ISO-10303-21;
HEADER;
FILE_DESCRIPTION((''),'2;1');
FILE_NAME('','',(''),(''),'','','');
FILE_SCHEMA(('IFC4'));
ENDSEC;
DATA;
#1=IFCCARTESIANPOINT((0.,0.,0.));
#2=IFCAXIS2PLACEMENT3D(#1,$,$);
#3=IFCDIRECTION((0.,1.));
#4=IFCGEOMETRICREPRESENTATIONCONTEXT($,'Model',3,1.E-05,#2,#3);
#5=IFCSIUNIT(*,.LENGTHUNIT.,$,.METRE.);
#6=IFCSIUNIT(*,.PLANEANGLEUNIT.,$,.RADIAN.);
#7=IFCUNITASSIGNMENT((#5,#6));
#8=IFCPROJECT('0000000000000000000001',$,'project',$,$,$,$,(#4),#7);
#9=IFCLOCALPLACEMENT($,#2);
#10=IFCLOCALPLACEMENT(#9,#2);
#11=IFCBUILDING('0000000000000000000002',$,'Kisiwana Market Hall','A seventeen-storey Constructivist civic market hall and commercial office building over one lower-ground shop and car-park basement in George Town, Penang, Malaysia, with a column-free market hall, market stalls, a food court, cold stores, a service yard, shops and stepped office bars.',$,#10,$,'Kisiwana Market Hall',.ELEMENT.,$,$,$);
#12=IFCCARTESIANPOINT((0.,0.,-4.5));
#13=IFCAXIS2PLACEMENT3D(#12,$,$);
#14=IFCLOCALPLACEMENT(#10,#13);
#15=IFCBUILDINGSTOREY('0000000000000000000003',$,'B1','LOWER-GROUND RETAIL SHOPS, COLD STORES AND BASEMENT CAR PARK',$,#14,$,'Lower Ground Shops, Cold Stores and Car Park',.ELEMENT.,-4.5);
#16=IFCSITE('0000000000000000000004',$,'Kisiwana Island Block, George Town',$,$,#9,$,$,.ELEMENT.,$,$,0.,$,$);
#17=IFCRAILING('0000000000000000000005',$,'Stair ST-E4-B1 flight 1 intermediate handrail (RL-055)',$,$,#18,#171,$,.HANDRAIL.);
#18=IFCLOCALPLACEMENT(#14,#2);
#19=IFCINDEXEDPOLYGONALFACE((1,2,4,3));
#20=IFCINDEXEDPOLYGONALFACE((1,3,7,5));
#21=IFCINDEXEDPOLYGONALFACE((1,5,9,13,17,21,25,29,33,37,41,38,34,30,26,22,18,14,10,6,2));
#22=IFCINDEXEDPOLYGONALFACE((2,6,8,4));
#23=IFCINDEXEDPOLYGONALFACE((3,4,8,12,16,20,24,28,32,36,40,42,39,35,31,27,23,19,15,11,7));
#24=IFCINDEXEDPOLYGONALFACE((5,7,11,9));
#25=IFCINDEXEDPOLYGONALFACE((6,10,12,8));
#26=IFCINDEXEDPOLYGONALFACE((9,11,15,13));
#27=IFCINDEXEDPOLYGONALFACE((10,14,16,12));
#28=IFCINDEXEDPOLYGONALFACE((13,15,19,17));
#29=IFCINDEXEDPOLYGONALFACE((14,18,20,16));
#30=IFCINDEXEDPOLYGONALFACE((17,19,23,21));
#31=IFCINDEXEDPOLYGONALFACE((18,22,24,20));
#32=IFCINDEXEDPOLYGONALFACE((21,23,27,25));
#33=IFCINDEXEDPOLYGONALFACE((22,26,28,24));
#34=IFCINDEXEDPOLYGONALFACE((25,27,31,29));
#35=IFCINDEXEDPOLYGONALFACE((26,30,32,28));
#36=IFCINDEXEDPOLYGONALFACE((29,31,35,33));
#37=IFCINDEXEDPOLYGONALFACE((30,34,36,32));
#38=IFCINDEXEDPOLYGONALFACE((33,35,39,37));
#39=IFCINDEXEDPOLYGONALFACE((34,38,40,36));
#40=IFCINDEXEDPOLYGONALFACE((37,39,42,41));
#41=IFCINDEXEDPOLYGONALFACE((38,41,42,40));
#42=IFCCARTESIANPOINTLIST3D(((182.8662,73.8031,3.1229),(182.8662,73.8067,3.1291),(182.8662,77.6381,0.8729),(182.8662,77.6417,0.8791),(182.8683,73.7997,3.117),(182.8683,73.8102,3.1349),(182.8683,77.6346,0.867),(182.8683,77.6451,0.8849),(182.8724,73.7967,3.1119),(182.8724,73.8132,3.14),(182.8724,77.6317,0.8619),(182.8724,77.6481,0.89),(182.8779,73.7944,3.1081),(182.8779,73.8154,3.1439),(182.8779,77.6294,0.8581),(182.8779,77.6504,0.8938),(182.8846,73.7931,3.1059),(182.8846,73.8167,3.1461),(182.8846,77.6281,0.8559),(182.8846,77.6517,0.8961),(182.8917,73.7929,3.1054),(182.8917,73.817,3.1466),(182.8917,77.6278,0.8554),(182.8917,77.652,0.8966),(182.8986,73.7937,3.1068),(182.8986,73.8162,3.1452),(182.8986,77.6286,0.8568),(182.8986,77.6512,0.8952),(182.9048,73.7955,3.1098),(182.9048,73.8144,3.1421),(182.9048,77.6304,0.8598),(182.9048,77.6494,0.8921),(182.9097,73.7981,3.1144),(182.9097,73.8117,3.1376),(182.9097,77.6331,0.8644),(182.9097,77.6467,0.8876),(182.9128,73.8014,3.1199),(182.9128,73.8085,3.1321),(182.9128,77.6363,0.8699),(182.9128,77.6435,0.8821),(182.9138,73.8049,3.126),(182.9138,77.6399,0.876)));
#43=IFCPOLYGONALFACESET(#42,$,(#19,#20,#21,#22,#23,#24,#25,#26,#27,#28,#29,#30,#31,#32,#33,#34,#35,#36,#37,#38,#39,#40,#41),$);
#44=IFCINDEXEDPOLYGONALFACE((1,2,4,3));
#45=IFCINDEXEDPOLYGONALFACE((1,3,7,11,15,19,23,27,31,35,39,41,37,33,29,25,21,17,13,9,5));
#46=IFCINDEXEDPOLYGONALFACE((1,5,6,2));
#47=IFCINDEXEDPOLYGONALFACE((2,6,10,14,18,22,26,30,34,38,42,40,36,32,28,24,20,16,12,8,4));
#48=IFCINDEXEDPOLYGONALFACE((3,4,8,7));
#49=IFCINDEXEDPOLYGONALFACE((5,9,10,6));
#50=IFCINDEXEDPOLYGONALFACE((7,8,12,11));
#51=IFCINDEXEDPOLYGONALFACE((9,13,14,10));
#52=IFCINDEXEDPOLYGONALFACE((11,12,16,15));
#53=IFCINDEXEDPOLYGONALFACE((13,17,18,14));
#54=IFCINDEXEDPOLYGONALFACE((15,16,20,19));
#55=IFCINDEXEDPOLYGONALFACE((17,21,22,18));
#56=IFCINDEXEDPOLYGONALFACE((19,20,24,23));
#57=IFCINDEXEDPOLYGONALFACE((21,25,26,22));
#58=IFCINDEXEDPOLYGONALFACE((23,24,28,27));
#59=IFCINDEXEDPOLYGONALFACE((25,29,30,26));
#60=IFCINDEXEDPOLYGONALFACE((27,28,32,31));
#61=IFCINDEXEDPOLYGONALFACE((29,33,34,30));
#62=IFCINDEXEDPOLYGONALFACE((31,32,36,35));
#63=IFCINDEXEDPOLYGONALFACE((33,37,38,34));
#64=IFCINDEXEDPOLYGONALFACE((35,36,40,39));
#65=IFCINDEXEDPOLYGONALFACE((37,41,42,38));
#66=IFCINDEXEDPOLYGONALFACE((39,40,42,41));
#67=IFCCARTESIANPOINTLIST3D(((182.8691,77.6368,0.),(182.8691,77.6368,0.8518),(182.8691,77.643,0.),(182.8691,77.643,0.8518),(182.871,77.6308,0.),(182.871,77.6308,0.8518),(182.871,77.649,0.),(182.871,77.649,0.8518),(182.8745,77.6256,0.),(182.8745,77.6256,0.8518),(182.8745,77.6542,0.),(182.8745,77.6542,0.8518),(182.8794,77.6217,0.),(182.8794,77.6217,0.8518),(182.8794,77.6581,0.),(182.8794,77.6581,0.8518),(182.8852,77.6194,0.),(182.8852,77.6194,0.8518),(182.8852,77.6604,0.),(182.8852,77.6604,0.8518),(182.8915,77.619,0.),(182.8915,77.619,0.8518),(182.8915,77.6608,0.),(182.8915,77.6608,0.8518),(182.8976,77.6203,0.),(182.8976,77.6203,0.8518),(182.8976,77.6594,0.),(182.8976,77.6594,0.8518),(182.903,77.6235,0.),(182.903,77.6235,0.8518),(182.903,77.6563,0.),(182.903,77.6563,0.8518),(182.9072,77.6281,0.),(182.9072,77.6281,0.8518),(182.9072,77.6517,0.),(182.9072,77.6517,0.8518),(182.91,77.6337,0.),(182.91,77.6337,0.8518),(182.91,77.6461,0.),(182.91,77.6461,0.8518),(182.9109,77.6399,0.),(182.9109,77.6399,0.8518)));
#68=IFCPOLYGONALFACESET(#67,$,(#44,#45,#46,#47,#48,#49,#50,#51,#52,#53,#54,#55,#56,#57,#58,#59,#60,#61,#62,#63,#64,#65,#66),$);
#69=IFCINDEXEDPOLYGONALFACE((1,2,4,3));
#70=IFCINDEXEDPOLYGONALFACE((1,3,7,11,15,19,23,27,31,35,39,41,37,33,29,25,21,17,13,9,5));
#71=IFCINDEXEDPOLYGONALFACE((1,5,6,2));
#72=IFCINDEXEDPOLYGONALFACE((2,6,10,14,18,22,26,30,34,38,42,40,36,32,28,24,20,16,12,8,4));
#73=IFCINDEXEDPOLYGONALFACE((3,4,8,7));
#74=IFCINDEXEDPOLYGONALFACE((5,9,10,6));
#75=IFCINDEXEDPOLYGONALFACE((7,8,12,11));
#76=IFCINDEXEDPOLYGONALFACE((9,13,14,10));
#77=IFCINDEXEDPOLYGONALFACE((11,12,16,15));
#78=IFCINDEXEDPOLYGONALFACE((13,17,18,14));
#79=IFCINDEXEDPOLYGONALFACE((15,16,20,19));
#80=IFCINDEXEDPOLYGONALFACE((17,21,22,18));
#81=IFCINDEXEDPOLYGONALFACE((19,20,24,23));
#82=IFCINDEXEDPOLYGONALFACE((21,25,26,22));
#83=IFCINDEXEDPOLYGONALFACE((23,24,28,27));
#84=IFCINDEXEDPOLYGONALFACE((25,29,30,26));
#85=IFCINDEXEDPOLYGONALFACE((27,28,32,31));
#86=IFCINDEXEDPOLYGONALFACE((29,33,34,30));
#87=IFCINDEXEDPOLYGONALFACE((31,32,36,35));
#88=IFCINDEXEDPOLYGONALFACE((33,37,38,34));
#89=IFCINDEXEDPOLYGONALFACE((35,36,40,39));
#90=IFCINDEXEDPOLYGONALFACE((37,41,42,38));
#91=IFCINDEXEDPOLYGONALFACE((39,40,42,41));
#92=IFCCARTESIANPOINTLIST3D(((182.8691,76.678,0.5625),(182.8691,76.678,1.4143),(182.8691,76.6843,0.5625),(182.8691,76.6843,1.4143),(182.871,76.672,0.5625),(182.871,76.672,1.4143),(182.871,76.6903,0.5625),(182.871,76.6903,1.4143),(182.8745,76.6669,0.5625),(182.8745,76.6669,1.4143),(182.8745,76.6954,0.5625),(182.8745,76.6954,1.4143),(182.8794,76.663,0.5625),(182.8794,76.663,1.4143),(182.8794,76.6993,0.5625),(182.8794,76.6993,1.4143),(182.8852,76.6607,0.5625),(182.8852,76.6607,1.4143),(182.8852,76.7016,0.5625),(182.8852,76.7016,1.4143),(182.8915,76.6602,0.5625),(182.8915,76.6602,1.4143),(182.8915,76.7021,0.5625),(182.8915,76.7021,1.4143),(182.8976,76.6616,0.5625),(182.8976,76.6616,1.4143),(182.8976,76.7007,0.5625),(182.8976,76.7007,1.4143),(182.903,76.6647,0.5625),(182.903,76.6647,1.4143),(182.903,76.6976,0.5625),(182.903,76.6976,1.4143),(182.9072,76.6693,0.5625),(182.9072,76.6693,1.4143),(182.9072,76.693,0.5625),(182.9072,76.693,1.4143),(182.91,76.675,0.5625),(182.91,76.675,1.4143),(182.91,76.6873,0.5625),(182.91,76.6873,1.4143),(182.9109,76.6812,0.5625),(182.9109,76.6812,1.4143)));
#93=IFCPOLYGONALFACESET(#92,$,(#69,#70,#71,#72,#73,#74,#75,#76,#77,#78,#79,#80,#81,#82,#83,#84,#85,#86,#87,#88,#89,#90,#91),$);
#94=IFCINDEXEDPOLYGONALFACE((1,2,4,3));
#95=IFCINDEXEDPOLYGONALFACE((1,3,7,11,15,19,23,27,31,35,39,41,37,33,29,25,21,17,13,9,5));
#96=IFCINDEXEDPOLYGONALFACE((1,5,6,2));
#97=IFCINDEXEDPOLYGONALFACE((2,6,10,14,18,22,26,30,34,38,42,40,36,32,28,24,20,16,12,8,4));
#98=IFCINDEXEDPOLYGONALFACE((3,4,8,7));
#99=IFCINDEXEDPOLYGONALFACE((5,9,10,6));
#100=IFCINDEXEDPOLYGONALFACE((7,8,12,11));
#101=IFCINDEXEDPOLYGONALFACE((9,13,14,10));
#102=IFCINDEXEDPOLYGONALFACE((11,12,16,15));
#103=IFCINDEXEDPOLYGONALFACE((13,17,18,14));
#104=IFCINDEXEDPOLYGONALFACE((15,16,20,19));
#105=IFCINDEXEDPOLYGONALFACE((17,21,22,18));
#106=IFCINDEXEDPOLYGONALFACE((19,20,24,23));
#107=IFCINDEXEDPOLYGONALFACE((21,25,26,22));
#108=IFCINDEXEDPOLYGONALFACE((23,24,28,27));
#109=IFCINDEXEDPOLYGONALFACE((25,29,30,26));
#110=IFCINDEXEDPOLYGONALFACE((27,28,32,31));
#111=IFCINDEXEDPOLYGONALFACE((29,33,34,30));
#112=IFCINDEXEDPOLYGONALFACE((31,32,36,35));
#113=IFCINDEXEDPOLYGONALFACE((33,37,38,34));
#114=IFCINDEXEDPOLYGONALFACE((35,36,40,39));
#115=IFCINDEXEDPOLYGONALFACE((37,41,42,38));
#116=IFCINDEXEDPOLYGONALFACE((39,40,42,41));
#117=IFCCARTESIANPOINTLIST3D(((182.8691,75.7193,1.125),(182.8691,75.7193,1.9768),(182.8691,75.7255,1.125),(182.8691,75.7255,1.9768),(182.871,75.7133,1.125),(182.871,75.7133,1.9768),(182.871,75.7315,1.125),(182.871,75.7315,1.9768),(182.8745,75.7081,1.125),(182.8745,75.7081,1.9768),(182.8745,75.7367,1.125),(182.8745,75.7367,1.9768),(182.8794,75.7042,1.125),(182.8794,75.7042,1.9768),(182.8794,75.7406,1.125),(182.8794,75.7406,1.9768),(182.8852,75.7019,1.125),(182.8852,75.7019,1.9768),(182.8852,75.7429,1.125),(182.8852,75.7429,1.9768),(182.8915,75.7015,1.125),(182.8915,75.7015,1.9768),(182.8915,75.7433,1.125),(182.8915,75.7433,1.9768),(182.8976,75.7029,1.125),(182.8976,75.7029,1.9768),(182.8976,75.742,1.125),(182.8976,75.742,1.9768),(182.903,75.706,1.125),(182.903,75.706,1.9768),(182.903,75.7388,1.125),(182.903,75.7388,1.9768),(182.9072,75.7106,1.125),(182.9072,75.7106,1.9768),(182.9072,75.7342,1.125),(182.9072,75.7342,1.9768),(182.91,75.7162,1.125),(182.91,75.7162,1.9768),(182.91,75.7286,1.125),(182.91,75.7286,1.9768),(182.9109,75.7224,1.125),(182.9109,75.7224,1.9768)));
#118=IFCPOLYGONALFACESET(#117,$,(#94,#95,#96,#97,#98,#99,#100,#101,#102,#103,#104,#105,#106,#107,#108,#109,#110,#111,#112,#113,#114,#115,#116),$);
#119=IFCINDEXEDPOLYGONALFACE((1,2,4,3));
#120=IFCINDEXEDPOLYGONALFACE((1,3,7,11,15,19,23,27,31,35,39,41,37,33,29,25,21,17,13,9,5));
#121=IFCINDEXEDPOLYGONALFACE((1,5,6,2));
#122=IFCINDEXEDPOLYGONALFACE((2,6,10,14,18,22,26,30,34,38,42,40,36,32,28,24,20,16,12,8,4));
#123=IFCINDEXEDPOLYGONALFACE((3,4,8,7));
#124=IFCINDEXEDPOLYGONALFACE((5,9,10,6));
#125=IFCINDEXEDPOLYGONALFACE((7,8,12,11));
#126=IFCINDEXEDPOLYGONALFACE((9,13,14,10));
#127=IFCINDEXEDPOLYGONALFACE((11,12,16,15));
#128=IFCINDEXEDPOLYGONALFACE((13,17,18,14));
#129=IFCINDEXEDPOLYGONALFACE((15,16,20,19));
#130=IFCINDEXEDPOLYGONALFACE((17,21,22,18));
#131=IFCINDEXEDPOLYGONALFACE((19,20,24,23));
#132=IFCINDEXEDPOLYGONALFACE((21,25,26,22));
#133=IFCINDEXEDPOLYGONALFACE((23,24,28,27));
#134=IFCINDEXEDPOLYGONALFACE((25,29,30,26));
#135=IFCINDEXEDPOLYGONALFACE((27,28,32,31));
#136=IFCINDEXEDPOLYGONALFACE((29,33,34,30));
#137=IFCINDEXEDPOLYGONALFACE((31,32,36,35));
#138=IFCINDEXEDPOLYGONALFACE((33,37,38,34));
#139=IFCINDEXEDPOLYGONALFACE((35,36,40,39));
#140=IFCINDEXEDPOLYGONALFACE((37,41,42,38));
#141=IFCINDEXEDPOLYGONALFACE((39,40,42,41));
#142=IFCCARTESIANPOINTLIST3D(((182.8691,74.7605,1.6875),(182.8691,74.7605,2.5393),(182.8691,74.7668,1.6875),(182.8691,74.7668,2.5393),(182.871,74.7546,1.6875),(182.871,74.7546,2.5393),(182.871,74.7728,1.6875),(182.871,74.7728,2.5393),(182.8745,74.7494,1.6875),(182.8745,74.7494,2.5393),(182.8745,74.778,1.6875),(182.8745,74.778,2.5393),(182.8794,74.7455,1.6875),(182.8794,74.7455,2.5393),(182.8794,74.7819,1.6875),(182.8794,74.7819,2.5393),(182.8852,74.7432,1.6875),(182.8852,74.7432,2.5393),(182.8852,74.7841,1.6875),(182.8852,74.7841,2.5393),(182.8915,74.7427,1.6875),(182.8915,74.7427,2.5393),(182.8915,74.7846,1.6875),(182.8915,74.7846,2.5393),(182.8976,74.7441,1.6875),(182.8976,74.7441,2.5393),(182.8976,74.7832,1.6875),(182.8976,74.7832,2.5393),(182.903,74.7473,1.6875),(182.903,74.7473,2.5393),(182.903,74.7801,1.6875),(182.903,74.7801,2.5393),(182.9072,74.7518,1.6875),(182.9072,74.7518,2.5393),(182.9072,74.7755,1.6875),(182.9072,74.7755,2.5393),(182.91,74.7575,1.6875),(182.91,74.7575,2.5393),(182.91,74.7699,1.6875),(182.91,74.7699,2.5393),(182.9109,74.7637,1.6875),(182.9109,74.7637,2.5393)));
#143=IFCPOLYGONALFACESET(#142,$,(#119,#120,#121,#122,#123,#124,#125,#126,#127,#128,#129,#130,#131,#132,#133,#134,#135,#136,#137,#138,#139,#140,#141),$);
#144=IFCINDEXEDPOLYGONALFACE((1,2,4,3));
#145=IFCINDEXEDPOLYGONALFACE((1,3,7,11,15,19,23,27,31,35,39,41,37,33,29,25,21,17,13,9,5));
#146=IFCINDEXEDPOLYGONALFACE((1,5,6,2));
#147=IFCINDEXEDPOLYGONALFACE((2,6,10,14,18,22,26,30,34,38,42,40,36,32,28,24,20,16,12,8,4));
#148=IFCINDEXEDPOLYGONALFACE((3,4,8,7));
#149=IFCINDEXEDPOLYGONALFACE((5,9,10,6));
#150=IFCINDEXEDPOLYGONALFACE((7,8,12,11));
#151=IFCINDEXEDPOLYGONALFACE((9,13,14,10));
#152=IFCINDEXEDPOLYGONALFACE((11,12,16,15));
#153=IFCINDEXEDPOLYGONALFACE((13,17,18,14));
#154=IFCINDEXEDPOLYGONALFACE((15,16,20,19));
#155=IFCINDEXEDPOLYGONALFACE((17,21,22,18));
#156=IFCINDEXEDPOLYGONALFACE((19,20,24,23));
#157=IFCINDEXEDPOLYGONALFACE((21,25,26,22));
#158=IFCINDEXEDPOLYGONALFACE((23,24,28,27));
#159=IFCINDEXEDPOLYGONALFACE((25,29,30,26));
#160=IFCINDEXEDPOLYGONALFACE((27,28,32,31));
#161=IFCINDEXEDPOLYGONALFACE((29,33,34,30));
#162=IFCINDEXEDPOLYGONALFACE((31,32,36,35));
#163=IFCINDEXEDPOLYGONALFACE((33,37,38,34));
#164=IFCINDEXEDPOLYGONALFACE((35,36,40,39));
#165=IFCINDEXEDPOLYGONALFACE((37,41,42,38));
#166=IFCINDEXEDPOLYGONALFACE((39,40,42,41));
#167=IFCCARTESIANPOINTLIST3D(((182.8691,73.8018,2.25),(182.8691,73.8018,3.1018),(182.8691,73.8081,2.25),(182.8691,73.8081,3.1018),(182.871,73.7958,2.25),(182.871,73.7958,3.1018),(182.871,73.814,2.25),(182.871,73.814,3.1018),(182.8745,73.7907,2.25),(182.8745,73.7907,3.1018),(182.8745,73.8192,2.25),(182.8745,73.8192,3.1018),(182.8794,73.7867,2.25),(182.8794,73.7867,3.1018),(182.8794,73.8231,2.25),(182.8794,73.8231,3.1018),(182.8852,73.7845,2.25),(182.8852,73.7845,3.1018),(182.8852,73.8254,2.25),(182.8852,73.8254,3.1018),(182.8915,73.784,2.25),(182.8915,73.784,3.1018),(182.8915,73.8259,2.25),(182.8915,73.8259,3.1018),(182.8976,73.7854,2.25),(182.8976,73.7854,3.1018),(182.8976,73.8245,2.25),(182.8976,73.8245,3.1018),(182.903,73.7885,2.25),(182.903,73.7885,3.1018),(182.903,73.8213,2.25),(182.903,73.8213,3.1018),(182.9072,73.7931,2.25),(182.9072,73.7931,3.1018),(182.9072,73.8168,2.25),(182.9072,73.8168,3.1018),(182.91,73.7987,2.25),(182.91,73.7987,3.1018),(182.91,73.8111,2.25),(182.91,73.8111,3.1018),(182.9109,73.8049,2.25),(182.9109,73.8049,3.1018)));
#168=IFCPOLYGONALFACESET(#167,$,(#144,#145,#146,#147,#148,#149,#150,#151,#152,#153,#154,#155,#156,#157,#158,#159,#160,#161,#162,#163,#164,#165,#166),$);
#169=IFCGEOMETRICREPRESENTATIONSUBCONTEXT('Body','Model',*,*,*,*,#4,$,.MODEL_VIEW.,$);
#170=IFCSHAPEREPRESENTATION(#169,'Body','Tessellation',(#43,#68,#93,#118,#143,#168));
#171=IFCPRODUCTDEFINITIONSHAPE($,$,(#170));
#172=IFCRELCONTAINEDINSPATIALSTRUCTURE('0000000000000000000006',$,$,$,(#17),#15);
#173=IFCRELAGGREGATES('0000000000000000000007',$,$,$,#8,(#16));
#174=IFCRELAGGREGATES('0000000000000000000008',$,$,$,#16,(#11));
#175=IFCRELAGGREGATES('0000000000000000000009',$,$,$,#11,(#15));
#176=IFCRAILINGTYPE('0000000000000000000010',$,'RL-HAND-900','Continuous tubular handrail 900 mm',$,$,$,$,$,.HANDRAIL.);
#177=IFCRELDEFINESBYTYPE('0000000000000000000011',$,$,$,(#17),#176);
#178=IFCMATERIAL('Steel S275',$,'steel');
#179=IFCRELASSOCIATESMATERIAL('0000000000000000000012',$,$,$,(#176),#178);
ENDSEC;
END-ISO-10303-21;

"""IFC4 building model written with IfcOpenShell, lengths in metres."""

from ifc_helpers import new_model, si_unit, direction, frame, origin, origin_2d, place, context, subcontext, project, spatial, circle, extrude, material, type_object, element, save


model = new_model("IFC4")

# Units and contexts
model_context = context("Model", 3, precision=1e-05, world=origin(), true_north=direction((0.0, 1.0)))
body_context = subcontext(model_context, "Body", "Model", "MODEL_VIEW")
ifc_project = project(units=[si_unit("LENGTHUNIT", "METRE"), si_unit("PLANEANGLEUNIT", "RADIAN")], contexts=[model_context])

# Site, building, storey
site_placement = place(None, origin())
site = spatial("IfcSite", under=ifc_project, at=site_placement, Name="Kisiwana Island Block, George Town", CompositionType="ELEMENT", RefElevation=0.0)
building_placement = place(site_placement, origin())
building = spatial("IfcBuilding", under=site, at=building_placement, Name="Kisiwana Market Hall", Description="A seventeen-storey Constructivist civic market hall and commercial office building over one lower-ground shop and car-park basement in George Town, Penang, Malaysia, with a column-free market hall, market stalls, a food court, cold stores, a service yard, shops and stepped office bars.", LongName="Kisiwana Market Hall", CompositionType="ELEMENT")
storey_placement = place(building_placement, frame((0.0, 0.0, -4.5)))
storey = spatial("IfcBuildingStorey", under=building, at=storey_placement, Name="B1", Description="LOWER-GROUND RETAIL SHOPS, COLD STORES AND BASEMENT CAR PARK", LongName="Lower Ground Shops, Cold Stores and Car Park", CompositionType="ELEMENT", Elevation=-4.5)

# Railing
ifc_material_1 = material(Name="Steel S275", Category="steel")
railing_type_1 = type_object("IfcRailingType", Name="RL-HAND-900", Description="Continuous tubular handrail 900 mm", PredefinedType="HANDRAIL", material=ifc_material_1)
railing_1_placement = place(storey_placement, frame((182.8899, 77.6399, 0.0)))
element("IfcRailing", 1, at=railing_1_placement, inside=storey, type_object=railing_type_1, Name="Stair ST-E4-B1 flight 1 intermediate handrail (RL-055)", PredefinedType="HANDRAIL", context=body_context, shape_type="SweptSolid", body=[
    extrude(circle(Radius=0.0239, at=origin_2d()), frame((0.0, 0.0, 0.876), z_axis=(0.0, -0.86251, 0.506041), x_axis=(1.0, 0.0, 0.0)), (0.0, 0.0, 1.0), 4.4463),
    extrude(circle(Radius=0.021, at=origin_2d()), origin(), (0.0, 0.0, 1.0), 0.8518),
    extrude(circle(Radius=0.021, at=origin_2d()), frame((0.0, -0.9587, 0.5625)), (0.0, 0.0, 1.0), 0.8518),
    extrude(circle(Radius=0.021, at=origin_2d()), frame((0.0, -1.9175, 1.125)), (0.0, 0.0, 1.0), 0.8518),
    extrude(circle(Radius=0.021, at=origin_2d()), frame((0.0, -2.8762, 1.6875)), (0.0, 0.0, 1.0), 0.8518),
    extrude(circle(Radius=0.021, at=origin_2d()), frame((0.0, -3.835, 2.25)), (0.0, 0.0, 1.0), 0.8518),
])

save(model, "model.ifc")
